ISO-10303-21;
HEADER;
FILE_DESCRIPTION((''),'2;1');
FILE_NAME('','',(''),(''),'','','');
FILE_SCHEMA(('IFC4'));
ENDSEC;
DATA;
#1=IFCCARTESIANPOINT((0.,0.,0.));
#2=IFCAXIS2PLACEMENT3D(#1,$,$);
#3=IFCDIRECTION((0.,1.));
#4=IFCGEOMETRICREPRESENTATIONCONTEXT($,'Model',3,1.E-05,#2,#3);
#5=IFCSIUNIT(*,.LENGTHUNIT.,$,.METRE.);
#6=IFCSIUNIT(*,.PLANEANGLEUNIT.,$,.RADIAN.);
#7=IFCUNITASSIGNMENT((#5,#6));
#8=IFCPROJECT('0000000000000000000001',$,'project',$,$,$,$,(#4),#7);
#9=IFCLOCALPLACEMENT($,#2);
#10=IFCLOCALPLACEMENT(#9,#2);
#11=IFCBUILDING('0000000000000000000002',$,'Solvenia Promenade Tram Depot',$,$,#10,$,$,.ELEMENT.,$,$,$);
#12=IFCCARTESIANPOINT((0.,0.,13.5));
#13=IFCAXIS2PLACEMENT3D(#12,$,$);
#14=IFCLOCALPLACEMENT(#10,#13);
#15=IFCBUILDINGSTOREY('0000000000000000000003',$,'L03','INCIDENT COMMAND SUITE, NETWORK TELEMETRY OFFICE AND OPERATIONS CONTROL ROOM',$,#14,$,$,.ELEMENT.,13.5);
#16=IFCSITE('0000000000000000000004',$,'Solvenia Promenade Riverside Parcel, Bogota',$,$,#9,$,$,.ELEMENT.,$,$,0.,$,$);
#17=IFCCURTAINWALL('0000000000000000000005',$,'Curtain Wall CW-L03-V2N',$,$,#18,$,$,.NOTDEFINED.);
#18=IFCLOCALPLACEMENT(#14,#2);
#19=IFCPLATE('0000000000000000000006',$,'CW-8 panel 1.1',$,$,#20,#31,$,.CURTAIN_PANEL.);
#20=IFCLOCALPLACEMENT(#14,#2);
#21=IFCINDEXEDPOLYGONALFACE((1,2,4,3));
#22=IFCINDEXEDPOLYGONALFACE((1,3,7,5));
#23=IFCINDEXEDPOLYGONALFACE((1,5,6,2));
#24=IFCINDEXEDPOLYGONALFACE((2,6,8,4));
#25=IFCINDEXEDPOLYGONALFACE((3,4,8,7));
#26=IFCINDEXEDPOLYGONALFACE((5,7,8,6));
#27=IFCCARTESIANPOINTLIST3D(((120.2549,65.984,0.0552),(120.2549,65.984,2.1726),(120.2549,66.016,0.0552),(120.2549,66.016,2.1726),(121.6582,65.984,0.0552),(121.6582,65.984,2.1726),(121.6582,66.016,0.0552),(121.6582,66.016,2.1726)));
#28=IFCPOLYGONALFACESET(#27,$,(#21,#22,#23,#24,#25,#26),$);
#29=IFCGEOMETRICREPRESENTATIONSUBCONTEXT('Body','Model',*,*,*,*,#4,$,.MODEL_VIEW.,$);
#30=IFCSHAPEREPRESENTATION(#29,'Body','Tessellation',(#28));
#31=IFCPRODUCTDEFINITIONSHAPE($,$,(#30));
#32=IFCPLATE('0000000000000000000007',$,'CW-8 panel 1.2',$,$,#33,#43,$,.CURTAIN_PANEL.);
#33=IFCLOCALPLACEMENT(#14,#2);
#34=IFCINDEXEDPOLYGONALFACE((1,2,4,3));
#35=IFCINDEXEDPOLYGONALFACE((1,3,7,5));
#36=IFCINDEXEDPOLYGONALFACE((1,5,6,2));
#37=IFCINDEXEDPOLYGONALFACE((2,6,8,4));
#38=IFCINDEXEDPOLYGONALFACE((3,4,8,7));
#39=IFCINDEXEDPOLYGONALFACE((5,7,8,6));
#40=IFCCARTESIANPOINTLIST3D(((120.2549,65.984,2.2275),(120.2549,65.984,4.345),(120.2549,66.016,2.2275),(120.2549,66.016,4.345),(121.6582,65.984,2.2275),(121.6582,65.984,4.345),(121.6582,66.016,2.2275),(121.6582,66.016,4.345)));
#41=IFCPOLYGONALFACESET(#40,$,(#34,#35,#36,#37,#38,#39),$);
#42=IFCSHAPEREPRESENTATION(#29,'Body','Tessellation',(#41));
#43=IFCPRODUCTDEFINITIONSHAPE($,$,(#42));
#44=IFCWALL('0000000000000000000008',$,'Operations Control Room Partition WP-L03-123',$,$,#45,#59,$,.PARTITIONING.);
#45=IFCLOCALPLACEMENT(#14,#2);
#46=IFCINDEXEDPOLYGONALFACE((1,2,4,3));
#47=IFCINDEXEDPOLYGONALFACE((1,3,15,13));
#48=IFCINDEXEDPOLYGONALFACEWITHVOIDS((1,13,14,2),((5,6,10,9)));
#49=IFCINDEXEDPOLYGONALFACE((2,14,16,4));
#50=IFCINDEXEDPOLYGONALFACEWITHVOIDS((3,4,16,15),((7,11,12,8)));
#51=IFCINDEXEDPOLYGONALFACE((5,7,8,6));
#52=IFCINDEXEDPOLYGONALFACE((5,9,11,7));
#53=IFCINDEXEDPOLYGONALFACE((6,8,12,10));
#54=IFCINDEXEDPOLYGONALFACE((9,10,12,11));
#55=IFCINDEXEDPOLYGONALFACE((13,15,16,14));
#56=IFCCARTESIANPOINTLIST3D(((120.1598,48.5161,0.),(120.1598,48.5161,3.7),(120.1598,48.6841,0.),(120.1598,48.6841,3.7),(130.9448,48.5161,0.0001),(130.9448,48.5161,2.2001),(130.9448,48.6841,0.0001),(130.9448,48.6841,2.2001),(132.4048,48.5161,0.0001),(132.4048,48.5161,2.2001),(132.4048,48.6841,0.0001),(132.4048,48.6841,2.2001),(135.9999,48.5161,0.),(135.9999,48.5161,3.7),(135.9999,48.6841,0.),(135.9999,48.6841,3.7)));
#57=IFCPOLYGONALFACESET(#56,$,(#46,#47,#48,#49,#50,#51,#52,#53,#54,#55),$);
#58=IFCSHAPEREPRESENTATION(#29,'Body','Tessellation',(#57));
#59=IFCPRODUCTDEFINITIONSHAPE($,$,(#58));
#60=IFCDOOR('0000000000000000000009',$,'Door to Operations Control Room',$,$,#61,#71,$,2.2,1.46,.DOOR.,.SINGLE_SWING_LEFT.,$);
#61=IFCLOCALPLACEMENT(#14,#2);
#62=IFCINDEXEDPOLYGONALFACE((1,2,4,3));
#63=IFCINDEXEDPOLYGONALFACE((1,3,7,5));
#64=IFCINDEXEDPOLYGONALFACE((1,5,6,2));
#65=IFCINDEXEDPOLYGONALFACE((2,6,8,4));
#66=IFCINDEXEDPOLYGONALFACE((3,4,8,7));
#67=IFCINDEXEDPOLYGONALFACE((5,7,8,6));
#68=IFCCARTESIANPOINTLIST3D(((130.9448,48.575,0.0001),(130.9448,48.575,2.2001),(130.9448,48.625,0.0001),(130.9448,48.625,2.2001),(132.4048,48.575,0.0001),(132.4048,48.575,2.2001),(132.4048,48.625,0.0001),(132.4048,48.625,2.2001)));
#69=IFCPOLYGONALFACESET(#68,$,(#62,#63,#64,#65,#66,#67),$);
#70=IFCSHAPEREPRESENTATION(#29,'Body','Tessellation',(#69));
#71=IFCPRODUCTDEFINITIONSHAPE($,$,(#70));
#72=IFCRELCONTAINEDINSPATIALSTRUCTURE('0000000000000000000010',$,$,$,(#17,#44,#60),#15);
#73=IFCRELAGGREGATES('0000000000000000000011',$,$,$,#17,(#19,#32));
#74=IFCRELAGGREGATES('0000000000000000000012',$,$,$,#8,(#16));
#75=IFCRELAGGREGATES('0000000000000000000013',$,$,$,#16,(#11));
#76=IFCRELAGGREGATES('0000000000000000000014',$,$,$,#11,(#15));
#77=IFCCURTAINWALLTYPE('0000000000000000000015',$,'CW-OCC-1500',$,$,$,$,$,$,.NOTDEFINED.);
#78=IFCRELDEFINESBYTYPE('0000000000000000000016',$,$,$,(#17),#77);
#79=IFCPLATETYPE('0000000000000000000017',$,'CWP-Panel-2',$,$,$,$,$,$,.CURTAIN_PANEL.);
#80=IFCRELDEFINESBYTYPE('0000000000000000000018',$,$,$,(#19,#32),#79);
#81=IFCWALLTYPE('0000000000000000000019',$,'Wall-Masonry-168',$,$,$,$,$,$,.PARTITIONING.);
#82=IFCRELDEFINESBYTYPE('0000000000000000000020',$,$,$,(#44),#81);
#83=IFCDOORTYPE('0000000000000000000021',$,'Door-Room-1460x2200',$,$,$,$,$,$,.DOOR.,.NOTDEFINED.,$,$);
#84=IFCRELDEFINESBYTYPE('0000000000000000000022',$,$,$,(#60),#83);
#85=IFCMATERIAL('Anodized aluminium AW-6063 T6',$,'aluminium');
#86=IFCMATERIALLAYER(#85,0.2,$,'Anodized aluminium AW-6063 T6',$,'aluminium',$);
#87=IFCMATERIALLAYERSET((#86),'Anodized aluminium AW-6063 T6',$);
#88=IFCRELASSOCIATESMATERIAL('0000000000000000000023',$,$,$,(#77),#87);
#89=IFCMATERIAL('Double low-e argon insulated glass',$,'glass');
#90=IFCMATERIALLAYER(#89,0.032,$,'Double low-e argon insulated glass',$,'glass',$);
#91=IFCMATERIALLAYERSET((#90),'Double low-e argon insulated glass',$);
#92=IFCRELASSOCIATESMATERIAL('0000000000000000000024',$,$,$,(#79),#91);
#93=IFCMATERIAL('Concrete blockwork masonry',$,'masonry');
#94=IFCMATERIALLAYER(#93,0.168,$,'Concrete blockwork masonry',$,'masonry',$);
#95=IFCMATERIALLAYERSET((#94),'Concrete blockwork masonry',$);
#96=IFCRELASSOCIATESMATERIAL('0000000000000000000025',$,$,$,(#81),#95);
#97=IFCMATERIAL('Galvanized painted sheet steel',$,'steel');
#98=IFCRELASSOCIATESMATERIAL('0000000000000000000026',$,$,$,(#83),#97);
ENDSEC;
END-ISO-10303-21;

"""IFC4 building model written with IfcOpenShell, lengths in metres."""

from ifc_helpers import new_model, si_unit, direction, frame, frame_2d, origin, origin_2d, place, context, subcontext, project, spatial, rectangle, extrude, material, layer, layer_set, type_object, element, fill, aggregate, save


model = new_model("IFC4")

# Units and contexts
model_context = context("Model", 3, precision=1e-05, world=origin(), true_north=direction((0.0, 1.0)))
body_context = subcontext(model_context, "Body", "Model", "MODEL_VIEW")
ifc_project = project(units=[si_unit("LENGTHUNIT", "METRE"), si_unit("PLANEANGLEUNIT", "RADIAN")], contexts=[model_context])

# Site, building, storey
site_placement = place(None, origin())
site = spatial("IfcSite", under=ifc_project, at=site_placement, Name="Solvenia Promenade Riverside Parcel, Bogota", CompositionType="ELEMENT", RefElevation=0.0)
building_placement = place(site_placement, origin())
building = spatial("IfcBuilding", under=site, at=building_placement, Name="Solvenia Promenade Tram Depot", CompositionType="ELEMENT")
storey_placement = place(building_placement, frame((0.0, 0.0, 13.5)))
storey = spatial("IfcBuildingStorey", under=building, at=storey_placement, Name="L03", Description="INCIDENT COMMAND SUITE, NETWORK TELEMETRY OFFICE AND OPERATIONS CONTROL ROOM", CompositionType="ELEMENT", Elevation=13.5)

# Curtain wall
ifc_material_1 = material(Name="Anodized aluminium AW-6063 T6", Category="aluminium")
ifc_layer_1 = layer(ifc_material_1, 0.2, Name="Anodized aluminium AW-6063 T6", Category="aluminium")
ifc_layer_set_1 = layer_set([ifc_layer_1], Name="Anodized aluminium AW-6063 T6")
curtain_wall_type = type_object("IfcCurtainWallType", Name="CW-OCC-1500", PredefinedType="NOTDEFINED", material=ifc_layer_set_1)
curtain_wall_placement = place(storey_placement, origin())
curtain_wall = element("IfcCurtainWall", 1, at=curtain_wall_placement, inside=storey, type_object=curtain_wall_type, Name="Curtain Wall CW-L03-V2N", PredefinedType="NOTDEFINED")

# Plates
ifc_material_2 = material(Name="Double low-e argon insulated glass", Category="glass")
ifc_layer_2 = layer(ifc_material_2, 0.032, Name="Double low-e argon insulated glass", Category="glass")
ifc_layer_set_2 = layer_set([ifc_layer_2], Name="Double low-e argon insulated glass")
plate_type = type_object("IfcPlateType", Name="CWP-Panel-2", PredefinedType="CURTAIN_PANEL", material=ifc_layer_set_2)
plate_1_placement = place(storey_placement, frame((120.9565, 66.0, 0.0552), z_axis=(0.0, 0.0, 1.0), x_axis=(1.0, 0.0, 0.0)))
plate_1 = element("IfcPlate", 2, at=plate_1_placement, type_object=plate_type, Name="CW-8 panel 1.1", PredefinedType="CURTAIN_PANEL", context=body_context, shape_type="SweptSolid", body=[
    extrude(rectangle(XDim=1.4033, YDim=0.032, at=origin_2d()), origin(), (0.0, 0.0, 1.0), 2.1174),
])
plate_2_placement = place(storey_placement, frame((120.9565, 66.0, 2.2275), z_axis=(0.0, 0.0, 1.0), x_axis=(1.0, 0.0, 0.0)))
plate_2 = element("IfcPlate", 3, at=plate_2_placement, type_object=plate_type, Name="CW-8 panel 1.2", PredefinedType="CURTAIN_PANEL", context=body_context, shape_type="SweptSolid", body=[
    extrude(rectangle(XDim=1.4033, YDim=0.032, at=origin_2d()), origin(), (0.0, 0.0, 1.0), 2.1174),
])
aggregate(curtain_wall, [plate_1, plate_2])

# Wall, opening, door
ifc_material_3 = material(Name="Concrete blockwork masonry", Category="masonry")
ifc_layer_3 = layer(ifc_material_3, 0.168, Name="Concrete blockwork masonry", Category="masonry")
ifc_layer_set_3 = layer_set([ifc_layer_3], Name="Concrete blockwork masonry")
wall_type = type_object("IfcWallType", Name="Wall-Masonry-168", PredefinedType="PARTITIONING", material=ifc_layer_set_3)
wall_placement = place(storey_placement, frame((120.1599, 48.6001, 0.0), z_axis=(0.0, 0.0, 1.0), x_axis=(1.0, 0.0, 0.0)))
wall = element("IfcWall", 4, at=wall_placement, inside=storey, type_object=wall_type, Name="Operations Control Room Partition WP-L03-123", PredefinedType="PARTITIONING", context=body_context, shape_type="SweptSolid", body=[
    extrude(rectangle(XDim=15.8401, YDim=0.168, at=frame_2d((7.9199, 0.0))), origin(), (0.0, 0.0, 1.0), 3.7),
])
opening_placement = place(wall_placement, frame((10.7849, 0.0, 0.0)))
opening = element("IfcOpeningElement", 5, at=opening_placement, cuts=wall, PredefinedType="OPENING", context=body_context, shape_type="SweptSolid", body=[
    extrude(rectangle(XDim=1.46, YDim=2.2, at=frame_2d((0.73, 1.1001))), frame((0.0, 0.094, 0.0), z_axis=(0.0, -1.0, 0.0), x_axis=(1.0, 0.0, 0.0)), (0.0, 0.0, 1.0), 0.188),
])
ifc_material_4 = material(Name="Galvanized painted sheet steel", Category="steel")
door_type = type_object("IfcDoorType", Name="Door-Room-1460x2200", OperationType="NOTDEFINED", PredefinedType="DOOR", material=ifc_material_4)
door_placement = place(opening_placement, origin())
door = element("IfcDoor", 6, at=door_placement, inside=storey, type_object=door_type, Name="Door to Operations Control Room", OperationType="SINGLE_SWING_LEFT", OverallHeight=2.2, OverallWidth=1.46, PredefinedType="DOOR", context=body_context, shape_type="SweptSolid", body=[
    extrude(rectangle(XDim=1.46, YDim=2.2, at=frame_2d((0.73, 1.1001))), frame((0.0, 0.0249, 0.0), z_axis=(0.0, -1.0, 0.0), x_axis=(1.0, 0.0, 0.0)), (0.0, 0.0, 1.0), 0.05),
])
fill(opening, door)

save(model, "model.ifc")
